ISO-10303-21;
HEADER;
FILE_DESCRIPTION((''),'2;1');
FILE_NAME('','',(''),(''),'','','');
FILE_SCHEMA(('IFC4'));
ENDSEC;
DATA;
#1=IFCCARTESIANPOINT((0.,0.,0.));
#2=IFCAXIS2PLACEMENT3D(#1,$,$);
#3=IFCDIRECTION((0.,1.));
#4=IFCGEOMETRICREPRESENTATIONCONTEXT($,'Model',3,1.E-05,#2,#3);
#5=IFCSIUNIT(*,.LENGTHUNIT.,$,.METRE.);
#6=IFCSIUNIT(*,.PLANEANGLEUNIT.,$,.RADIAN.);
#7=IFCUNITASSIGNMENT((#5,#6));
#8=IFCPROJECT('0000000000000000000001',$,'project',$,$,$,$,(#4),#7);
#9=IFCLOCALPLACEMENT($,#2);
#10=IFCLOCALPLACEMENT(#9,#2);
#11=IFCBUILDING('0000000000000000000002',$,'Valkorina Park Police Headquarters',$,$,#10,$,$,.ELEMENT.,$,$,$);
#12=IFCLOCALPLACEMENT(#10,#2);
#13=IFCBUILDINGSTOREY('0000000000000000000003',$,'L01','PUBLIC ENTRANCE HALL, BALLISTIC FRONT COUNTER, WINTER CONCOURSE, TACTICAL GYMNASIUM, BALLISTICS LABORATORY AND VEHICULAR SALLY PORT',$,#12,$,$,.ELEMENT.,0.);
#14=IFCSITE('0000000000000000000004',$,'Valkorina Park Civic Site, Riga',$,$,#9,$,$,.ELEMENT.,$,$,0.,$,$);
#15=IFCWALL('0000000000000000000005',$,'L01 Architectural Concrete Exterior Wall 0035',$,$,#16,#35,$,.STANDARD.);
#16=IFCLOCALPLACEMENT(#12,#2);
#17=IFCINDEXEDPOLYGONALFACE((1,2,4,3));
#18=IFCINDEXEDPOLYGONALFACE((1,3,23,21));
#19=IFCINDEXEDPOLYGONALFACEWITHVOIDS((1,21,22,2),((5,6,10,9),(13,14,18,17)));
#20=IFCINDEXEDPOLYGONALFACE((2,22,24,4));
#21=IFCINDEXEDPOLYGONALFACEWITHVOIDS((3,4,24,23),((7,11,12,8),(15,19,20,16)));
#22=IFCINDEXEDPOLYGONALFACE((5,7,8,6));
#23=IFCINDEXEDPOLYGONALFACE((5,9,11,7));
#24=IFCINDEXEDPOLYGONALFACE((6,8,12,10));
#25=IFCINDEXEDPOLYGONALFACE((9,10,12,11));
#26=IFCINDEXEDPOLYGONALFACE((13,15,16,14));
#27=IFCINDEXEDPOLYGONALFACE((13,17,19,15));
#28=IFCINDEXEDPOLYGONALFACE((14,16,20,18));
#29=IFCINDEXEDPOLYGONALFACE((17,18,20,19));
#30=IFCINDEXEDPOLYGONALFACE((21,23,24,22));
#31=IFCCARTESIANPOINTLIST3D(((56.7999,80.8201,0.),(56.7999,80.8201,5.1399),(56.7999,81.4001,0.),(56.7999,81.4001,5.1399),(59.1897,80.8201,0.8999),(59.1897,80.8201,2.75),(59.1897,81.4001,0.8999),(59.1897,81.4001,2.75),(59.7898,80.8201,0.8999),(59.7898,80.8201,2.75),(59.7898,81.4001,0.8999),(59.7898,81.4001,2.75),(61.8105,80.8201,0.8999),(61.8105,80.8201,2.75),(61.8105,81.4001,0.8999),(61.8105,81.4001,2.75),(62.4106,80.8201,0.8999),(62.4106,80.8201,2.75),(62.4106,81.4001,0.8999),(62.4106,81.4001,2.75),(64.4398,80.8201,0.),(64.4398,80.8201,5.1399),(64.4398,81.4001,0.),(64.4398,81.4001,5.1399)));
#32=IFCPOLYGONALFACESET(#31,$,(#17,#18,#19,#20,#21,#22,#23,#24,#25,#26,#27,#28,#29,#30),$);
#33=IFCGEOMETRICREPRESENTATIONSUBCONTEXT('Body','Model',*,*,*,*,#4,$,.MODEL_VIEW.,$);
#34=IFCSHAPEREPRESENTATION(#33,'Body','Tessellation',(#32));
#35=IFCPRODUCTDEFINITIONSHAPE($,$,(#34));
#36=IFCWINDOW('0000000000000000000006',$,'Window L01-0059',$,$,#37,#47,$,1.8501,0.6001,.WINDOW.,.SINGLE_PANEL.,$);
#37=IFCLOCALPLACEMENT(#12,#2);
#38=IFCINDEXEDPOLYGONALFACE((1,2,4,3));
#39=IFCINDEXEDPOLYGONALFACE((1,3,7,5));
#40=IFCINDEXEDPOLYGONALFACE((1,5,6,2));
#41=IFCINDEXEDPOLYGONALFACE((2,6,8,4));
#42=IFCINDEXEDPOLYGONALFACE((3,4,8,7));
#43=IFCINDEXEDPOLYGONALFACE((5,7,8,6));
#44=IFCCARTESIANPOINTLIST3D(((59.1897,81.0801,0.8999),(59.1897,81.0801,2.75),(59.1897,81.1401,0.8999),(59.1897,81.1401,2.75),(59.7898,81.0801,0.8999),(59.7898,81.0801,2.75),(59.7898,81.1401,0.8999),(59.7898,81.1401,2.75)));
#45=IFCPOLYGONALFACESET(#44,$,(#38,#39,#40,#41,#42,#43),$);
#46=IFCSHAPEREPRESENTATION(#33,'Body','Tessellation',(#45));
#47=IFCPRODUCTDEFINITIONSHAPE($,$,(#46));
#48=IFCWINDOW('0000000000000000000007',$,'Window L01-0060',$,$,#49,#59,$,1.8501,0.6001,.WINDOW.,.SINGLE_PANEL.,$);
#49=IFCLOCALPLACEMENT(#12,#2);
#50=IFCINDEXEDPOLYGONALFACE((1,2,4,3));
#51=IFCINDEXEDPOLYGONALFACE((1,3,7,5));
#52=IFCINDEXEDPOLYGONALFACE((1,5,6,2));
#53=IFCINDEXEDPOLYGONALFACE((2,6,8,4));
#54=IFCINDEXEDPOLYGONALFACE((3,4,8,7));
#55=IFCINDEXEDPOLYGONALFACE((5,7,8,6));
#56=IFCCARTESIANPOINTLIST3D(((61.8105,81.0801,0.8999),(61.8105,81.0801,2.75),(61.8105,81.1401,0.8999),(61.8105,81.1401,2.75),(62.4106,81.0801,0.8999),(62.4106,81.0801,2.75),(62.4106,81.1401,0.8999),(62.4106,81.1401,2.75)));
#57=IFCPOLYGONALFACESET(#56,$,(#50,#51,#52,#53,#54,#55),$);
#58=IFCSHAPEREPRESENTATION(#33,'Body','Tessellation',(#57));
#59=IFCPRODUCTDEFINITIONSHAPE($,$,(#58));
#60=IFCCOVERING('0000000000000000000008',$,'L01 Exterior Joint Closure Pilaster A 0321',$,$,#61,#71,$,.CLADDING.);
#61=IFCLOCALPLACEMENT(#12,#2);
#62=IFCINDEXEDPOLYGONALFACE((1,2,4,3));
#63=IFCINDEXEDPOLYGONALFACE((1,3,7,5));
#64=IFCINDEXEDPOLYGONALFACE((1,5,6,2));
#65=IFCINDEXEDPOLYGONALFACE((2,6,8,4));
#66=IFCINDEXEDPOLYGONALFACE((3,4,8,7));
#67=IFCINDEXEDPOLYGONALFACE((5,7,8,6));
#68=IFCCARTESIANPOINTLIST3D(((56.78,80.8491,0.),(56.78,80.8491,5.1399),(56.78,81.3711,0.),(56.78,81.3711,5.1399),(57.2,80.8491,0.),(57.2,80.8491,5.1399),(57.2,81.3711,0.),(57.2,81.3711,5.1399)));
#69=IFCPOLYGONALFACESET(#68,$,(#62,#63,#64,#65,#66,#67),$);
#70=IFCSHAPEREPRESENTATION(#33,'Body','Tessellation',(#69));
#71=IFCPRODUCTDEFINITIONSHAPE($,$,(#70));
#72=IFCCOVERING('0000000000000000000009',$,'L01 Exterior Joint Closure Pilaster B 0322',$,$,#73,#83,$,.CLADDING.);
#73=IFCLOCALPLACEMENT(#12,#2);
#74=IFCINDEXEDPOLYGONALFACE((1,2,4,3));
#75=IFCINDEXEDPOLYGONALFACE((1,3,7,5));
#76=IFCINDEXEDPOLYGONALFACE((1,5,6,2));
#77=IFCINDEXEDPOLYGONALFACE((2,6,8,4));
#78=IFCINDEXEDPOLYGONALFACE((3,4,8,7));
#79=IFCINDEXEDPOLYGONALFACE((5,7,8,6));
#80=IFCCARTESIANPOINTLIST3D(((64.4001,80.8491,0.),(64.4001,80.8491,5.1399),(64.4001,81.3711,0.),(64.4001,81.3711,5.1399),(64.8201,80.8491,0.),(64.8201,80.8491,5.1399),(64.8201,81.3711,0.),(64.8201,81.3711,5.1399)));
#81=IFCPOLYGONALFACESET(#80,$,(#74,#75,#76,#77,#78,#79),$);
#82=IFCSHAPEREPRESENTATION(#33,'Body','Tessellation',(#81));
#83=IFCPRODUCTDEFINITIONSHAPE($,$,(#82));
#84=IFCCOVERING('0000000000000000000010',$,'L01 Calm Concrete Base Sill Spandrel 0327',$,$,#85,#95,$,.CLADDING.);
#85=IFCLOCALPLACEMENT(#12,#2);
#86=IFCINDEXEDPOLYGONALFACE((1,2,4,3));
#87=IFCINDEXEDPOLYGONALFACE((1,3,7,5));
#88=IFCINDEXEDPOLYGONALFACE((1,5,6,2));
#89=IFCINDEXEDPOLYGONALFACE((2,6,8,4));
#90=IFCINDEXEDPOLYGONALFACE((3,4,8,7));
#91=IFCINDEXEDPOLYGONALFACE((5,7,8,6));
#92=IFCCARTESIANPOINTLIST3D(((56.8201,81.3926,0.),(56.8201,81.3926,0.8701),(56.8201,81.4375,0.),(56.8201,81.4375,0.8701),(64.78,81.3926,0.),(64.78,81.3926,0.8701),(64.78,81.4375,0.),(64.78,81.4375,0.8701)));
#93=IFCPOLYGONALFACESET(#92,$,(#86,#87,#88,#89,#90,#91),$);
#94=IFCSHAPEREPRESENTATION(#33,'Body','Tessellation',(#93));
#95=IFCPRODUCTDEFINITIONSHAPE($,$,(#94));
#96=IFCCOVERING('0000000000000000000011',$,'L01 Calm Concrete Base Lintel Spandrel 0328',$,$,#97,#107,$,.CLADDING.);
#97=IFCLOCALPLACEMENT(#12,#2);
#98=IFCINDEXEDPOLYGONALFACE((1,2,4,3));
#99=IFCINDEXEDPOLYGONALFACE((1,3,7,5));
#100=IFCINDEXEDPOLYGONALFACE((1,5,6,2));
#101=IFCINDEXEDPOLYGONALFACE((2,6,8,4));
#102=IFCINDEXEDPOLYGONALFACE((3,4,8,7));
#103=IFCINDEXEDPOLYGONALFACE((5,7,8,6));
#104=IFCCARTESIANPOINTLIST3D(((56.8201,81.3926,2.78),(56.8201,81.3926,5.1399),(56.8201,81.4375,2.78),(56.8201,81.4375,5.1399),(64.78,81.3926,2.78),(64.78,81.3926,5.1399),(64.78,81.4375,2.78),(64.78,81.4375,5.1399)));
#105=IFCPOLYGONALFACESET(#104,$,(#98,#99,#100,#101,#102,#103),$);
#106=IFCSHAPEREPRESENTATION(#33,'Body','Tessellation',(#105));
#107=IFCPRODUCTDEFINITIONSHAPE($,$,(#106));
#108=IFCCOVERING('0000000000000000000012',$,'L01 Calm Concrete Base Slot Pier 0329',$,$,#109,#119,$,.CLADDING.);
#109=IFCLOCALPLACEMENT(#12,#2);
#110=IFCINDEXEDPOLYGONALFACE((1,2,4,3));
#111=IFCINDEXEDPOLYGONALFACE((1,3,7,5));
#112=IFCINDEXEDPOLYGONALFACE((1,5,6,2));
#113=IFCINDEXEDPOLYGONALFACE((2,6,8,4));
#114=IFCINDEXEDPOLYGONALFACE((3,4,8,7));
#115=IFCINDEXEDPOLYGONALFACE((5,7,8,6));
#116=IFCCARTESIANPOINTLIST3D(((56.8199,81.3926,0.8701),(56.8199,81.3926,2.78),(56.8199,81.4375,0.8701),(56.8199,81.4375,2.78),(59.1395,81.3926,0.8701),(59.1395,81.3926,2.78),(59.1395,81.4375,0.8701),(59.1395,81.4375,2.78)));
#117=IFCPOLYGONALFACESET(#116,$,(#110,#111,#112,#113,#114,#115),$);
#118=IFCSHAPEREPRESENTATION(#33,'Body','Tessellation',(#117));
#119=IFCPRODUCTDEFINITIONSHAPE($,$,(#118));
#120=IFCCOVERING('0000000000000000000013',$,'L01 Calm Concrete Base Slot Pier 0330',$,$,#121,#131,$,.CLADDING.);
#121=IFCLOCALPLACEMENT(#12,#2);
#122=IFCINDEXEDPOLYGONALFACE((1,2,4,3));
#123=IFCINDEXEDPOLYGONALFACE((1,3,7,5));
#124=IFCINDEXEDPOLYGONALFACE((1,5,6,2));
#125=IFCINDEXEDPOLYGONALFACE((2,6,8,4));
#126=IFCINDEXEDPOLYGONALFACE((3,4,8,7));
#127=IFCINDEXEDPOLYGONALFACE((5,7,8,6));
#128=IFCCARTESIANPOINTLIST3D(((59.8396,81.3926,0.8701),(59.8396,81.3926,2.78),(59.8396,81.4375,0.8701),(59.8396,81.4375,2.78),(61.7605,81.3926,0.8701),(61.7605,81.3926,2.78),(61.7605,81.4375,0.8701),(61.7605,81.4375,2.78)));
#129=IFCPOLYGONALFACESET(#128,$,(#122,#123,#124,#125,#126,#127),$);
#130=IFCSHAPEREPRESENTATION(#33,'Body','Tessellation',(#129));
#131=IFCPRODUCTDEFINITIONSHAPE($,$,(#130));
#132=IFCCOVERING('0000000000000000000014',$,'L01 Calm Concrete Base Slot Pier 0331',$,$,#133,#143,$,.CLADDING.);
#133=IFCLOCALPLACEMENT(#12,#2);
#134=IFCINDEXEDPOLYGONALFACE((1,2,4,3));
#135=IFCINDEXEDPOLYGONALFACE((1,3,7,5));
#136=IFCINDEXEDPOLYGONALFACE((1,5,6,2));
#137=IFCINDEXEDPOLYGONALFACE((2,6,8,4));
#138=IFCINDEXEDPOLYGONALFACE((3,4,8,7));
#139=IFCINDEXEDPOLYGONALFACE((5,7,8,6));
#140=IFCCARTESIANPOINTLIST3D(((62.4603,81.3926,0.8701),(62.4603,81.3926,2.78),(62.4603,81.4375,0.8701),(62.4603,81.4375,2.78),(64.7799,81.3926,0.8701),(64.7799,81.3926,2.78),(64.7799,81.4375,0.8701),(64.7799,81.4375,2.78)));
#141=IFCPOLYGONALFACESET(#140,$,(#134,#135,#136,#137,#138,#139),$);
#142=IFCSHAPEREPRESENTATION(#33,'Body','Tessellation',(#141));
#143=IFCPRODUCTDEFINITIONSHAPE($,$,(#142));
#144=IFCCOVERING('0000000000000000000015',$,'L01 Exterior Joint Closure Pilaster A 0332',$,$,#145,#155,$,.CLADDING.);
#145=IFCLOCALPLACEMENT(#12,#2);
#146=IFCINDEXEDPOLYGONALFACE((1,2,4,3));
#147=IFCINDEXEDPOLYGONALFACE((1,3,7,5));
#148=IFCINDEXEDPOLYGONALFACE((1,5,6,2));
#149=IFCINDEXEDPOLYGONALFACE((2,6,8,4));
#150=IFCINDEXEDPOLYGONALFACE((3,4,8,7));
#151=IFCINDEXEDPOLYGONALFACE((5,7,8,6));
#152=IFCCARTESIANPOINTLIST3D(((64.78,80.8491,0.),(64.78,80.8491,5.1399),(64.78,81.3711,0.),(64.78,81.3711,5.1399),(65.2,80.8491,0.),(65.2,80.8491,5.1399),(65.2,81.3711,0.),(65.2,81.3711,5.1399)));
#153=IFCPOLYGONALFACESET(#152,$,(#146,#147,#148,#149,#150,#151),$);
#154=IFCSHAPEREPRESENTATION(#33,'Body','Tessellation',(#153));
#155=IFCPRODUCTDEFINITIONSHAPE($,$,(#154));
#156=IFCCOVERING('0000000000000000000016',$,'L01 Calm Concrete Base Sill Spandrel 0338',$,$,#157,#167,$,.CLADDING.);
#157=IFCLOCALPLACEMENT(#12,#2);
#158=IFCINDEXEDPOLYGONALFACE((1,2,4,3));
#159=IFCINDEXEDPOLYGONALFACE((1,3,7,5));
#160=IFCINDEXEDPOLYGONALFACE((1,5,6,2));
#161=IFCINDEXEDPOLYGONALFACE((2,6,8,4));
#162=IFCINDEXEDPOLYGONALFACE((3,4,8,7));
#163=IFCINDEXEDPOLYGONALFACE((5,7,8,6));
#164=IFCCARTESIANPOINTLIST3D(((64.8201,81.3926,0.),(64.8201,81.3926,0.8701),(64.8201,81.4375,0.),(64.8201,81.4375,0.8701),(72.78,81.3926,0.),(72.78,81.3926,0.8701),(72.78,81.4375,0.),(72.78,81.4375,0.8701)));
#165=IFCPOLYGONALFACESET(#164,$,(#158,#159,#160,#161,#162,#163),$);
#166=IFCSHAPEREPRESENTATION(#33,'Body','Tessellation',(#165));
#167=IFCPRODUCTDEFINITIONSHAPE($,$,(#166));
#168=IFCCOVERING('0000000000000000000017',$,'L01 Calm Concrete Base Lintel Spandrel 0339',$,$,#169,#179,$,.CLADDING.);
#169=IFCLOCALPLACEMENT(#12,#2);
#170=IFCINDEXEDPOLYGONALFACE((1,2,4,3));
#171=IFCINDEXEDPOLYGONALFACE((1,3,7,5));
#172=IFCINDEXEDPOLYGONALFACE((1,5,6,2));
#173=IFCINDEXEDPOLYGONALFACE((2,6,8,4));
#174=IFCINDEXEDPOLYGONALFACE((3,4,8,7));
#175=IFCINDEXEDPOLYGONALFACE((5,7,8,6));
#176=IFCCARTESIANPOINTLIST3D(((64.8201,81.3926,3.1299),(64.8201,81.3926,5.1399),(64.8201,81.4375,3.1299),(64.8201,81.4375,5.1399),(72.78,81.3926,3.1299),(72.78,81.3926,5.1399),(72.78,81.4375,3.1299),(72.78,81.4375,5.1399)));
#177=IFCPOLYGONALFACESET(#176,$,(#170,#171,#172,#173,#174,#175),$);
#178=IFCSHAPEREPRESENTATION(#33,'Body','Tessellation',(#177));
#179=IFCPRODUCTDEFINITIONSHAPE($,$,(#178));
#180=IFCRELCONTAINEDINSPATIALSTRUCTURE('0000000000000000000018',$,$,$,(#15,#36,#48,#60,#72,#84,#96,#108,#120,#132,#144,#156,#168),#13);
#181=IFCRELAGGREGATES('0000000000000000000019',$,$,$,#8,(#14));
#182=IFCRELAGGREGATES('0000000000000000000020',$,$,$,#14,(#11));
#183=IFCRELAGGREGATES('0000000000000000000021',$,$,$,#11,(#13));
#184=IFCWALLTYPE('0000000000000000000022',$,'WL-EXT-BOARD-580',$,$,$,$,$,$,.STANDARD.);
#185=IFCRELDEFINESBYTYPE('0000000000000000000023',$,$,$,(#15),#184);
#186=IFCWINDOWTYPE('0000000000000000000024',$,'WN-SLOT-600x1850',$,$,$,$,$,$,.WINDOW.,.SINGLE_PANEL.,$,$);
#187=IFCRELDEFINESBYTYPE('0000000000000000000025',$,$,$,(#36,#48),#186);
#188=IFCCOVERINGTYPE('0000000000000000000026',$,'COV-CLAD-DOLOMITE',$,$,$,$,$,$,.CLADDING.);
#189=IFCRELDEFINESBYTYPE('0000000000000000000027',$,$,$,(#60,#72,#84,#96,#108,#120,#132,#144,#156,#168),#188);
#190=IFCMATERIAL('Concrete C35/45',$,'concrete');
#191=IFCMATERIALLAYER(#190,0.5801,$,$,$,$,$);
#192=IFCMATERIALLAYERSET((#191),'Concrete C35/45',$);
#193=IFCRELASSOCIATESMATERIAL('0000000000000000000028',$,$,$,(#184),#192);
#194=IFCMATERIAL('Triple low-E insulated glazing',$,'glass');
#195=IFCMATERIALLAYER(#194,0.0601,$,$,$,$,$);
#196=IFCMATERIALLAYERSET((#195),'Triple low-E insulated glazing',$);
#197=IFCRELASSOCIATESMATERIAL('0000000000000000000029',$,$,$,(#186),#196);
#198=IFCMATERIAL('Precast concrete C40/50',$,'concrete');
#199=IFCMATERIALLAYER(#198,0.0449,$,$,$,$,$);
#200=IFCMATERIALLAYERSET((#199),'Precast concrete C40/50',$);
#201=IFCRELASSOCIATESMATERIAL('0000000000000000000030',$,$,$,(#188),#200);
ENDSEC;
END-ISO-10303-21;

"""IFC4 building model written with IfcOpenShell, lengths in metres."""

from ifc_helpers import new_model, si_unit, direction, frame, frame_2d, origin, origin_2d, place, context, subcontext, project, spatial, rectangle, extrude, material, layer, layer_set, type_object, element, fill, save


model = new_model("IFC4")

# Units and contexts
model_context = context("Model", 3, precision=1e-05, world=origin(), true_north=direction((0.0, 1.0)))
body_context = subcontext(model_context, "Body", "Model", "MODEL_VIEW")
ifc_project = project(units=[si_unit("LENGTHUNIT", "METRE"), si_unit("PLANEANGLEUNIT", "RADIAN")], contexts=[model_context])

# Site, building, storey
site_placement = place(None, origin())
site = spatial("IfcSite", under=ifc_project, at=site_placement, Name="Valkorina Park Civic Site, Riga", CompositionType="ELEMENT", RefElevation=0.0)
building_placement = place(site_placement, origin())
building = spatial("IfcBuilding", under=site, at=building_placement, Name="Valkorina Park Police Headquarters", CompositionType="ELEMENT")
storey_placement = place(building_placement, origin())
storey = spatial("IfcBuildingStorey", under=building, at=storey_placement, Name="L01", Description="PUBLIC ENTRANCE HALL, BALLISTIC FRONT COUNTER, WINTER CONCOURSE, TACTICAL GYMNASIUM, BALLISTICS LABORATORY AND VEHICULAR SALLY PORT", CompositionType="ELEMENT", Elevation=0.0)

# Wall, openings, windows
ifc_material_1 = material(Name="Concrete C35/45", Category="concrete")
ifc_layer_1 = layer(ifc_material_1, 0.5801)
ifc_layer_set_1 = layer_set([ifc_layer_1], Name="Concrete C35/45")
wall_type = type_object("IfcWallType", Name="WL-EXT-BOARD-580", PredefinedType="STANDARD", material=ifc_layer_set_1)
wall_placement = place(storey_placement, frame((56.8, 81.1101, 0.0), z_axis=(0.0, 0.0, 1.0), x_axis=(1.0, 0.0, 0.0)))
wall = element("IfcWall", 1, at=wall_placement, inside=storey, type_object=wall_type, Name="L01 Architectural Concrete Exterior Wall 0035", PredefinedType="STANDARD", context=body_context, shape_type="SweptSolid", body=[
    extrude(rectangle(XDim=7.6399, YDim=0.5801, at=frame_2d((3.8198, 0.0))), origin(), (0.0, 0.0, 1.0), 5.1399),
])
opening_1_placement = place(wall_placement, frame((2.3896, 0.0, 0.8999)))
opening_1 = element("IfcOpeningElement", 2, at=opening_1_placement, cuts=wall, PredefinedType="OPENING", context=body_context, shape_type="SweptSolid", body=[
    extrude(rectangle(XDim=0.6001, YDim=1.8501, at=frame_2d((0.3, 0.925))), frame((0.0, 0.3, 0.0), z_axis=(0.0, -1.0, 0.0), x_axis=(1.0, 0.0, 0.0)), (0.0, 0.0, 1.0), 0.6001),
])
opening_2_placement = place(wall_placement, frame((5.0105, 0.0, 0.8999)))
opening_2 = element("IfcOpeningElement", 3, at=opening_2_placement, cuts=wall, PredefinedType="OPENING", context=body_context, shape_type="SweptSolid", body=[
    extrude(rectangle(XDim=0.6001, YDim=1.8501, at=frame_2d((0.3, 0.925))), frame((0.0, 0.3, 0.0), z_axis=(0.0, -1.0, 0.0), x_axis=(1.0, 0.0, 0.0)), (0.0, 0.0, 1.0), 0.6001),
])
ifc_material_2 = material(Name="Triple low-E insulated glazing", Category="glass")
ifc_layer_2 = layer(ifc_material_2, 0.0601)
ifc_layer_set_2 = layer_set([ifc_layer_2], Name="Triple low-E insulated glazing")
window_type = type_object("IfcWindowType", Name="WN-SLOT-600x1850", PartitioningType="SINGLE_PANEL", PredefinedType="WINDOW", material=ifc_layer_set_2)
window_1_placement = place(opening_1_placement, origin())
window_1 = element("IfcWindow", 4, at=window_1_placement, inside=storey, type_object=window_type, Name="Window L01-0059", OverallHeight=1.8501, OverallWidth=0.6001, PartitioningType="SINGLE_PANEL", PredefinedType="WINDOW", context=body_context, shape_type="SweptSolid", body=[
    extrude(rectangle(XDim=0.6001, YDim=1.8501, at=frame_2d((0.3, 0.925))), frame((0.0, 0.03, 0.0), z_axis=(0.0, -1.0, 0.0), x_axis=(1.0, 0.0, 0.0)), (0.0, 0.0, 1.0), 0.0601),
])
fill(opening_1, window_1)
window_2_placement = place(opening_2_placement, origin())
window_2 = element("IfcWindow", 5, at=window_2_placement, inside=storey, type_object=window_type, Name="Window L01-0060", OverallHeight=1.8501, OverallWidth=0.6001, PartitioningType="SINGLE_PANEL", PredefinedType="WINDOW", context=body_context, shape_type="SweptSolid", body=[
    extrude(rectangle(XDim=0.6001, YDim=1.8501, at=frame_2d((0.3, 0.925))), frame((0.0, 0.03, 0.0), z_axis=(0.0, -1.0, 0.0), x_axis=(1.0, 0.0, 0.0)), (0.0, 0.0, 1.0), 0.0601),
])
fill(opening_2, window_2)

# Coverings
ifc_material_3 = material(Name="Precast concrete C40/50", Category="concrete")
ifc_layer_3 = layer(ifc_material_3, 0.0449)
ifc_layer_set_3 = layer_set([ifc_layer_3], Name="Precast concrete C40/50")
covering_type = type_object("IfcCoveringType", Name="COV-CLAD-DOLOMITE", PredefinedType="CLADDING", material=ifc_layer_set_3)
for number, where, z_axis, x_axis, name in (
    (6, (56.99, 81.1101, 0.0), (0.0, 0.0, 1.0), (1.0, 0.0, 0.0), "L01 Exterior Joint Closure Pilaster A 0321"),
    (7, (64.6101, 81.1101, 0.0), (0.0, 0.0, 1.0), (1.0, 0.0, 0.0), "L01 Exterior Joint Closure Pilaster B 0322"),
):
    element("IfcCovering", number, at=place(storey_placement, frame(where, z_axis=z_axis, x_axis=x_axis)), inside=storey, type_object=covering_type, Name=name, PredefinedType="CLADDING", context=body_context, shape_type="SweptSolid", body=[
        extrude(rectangle(XDim=0.4199, YDim=0.522, at=origin_2d()), origin(), (0.0, 0.0, 1.0), 5.1399),
    ])
covering_1_placement = place(storey_placement, frame((56.8201, 81.415, 0.0), z_axis=(0.0, 0.0, 1.0), x_axis=(1.0, 0.0, 0.0)))
element("IfcCovering", 8, at=covering_1_placement, inside=storey, type_object=covering_type, Name="L01 Calm Concrete Base Sill Spandrel 0327", PredefinedType="CLADDING", context=body_context, shape_type="SweptSolid", body=[
    extrude(rectangle(XDim=7.96, YDim=0.0449, at=frame_2d((3.98, 0.0))), origin(), (0.0, 0.0, 1.0), 0.8701),
])
covering_2_placement = place(storey_placement, frame((56.8201, 81.415, 2.78), z_axis=(0.0, 0.0, 1.0), x_axis=(1.0, 0.0, 0.0)))
element("IfcCovering", 9, at=covering_2_placement, inside=storey, type_object=covering_type, Name="L01 Calm Concrete Base Lintel Spandrel 0328", PredefinedType="CLADDING", context=body_context, shape_type="SweptSolid", body=[
    extrude(rectangle(XDim=7.96, YDim=0.0449, at=frame_2d((3.98, 0.0))), origin(), (0.0, 0.0, 1.0), 2.3599),
])
covering_3_placement = place(storey_placement, frame((56.8201, 81.415, 0.8701), z_axis=(0.0, 0.0, 1.0), x_axis=(1.0, 0.0, 0.0)))
element("IfcCovering", 10, at=covering_3_placement, inside=storey, type_object=covering_type, Name="L01 Calm Concrete Base Slot Pier 0329", PredefinedType="CLADDING", context=body_context, shape_type="SweptSolid", body=[
    extrude(rectangle(XDim=2.3196, YDim=0.0449, at=frame_2d((1.1597, 0.0))), origin(), (0.0, 0.0, 1.0), 1.9099),
])
covering_4_placement = place(storey_placement, frame((59.8396, 81.415, 0.8701), z_axis=(0.0, 0.0, 1.0), x_axis=(1.0, 0.0, 0.0)))
element("IfcCovering", 11, at=covering_4_placement, inside=storey, type_object=covering_type, Name="L01 Calm Concrete Base Slot Pier 0330", PredefinedType="CLADDING", context=body_context, shape_type="SweptSolid", body=[
    extrude(rectangle(XDim=1.9209, YDim=0.0449, at=frame_2d((0.9604, 0.0))), origin(), (0.0, 0.0, 1.0), 1.9099),
])
covering_5_placement = place(storey_placement, frame((62.4604, 81.415, 0.8701), z_axis=(0.0, 0.0, 1.0), x_axis=(1.0, 0.0, 0.0)))
element("IfcCovering", 12, at=covering_5_placement, inside=storey, type_object=covering_type, Name="L01 Calm Concrete Base Slot Pier 0331", PredefinedType="CLADDING", context=body_context, shape_type="SweptSolid", body=[
    extrude(rectangle(XDim=2.3196, YDim=0.0449, at=frame_2d((1.1597, 0.0))), origin(), (0.0, 0.0, 1.0), 1.9099),
])
covering_6_placement = place(storey_placement, frame((64.99, 81.1101, 0.0), z_axis=(0.0, 0.0, 1.0), x_axis=(1.0, 0.0, 0.0)))
element("IfcCovering", 13, at=covering_6_placement, inside=storey, type_object=covering_type, Name="L01 Exterior Joint Closure Pilaster A 0332", PredefinedType="CLADDING", context=body_context, shape_type="SweptSolid", body=[
    extrude(rectangle(XDim=0.4199, YDim=0.522, at=origin_2d()), origin(), (0.0, 0.0, 1.0), 5.1399),
])
covering_7_placement = place(storey_placement, frame((64.8201, 81.415, 0.0), z_axis=(0.0, 0.0, 1.0), x_axis=(1.0, 0.0, 0.0)))
element("IfcCovering", 14, at=covering_7_placement, inside=storey, type_object=covering_type, Name="L01 Calm Concrete Base Sill Spandrel 0338", PredefinedType="CLADDING", context=body_context, shape_type="SweptSolid", body=[
    extrude(rectangle(XDim=7.96, YDim=0.0449, at=frame_2d((3.98, 0.0))), origin(), (0.0, 0.0, 1.0), 0.8701),
])
covering_8_placement = place(storey_placement, frame((64.8201, 81.415, 3.1299), z_axis=(0.0, 0.0, 1.0), x_axis=(1.0, 0.0, 0.0)))
element("IfcCovering", 15, at=covering_8_placement, inside=storey, type_object=covering_type, Name="L01 Calm Concrete Base Lintel Spandrel 0339", PredefinedType="CLADDING", context=body_context, shape_type="SweptSolid", body=[
    extrude(rectangle(XDim=7.96, YDim=0.0449, at=frame_2d((3.98, 0.0))), origin(), (0.0, 0.0, 1.0), 2.01),
])

save(model, "model.ifc")
